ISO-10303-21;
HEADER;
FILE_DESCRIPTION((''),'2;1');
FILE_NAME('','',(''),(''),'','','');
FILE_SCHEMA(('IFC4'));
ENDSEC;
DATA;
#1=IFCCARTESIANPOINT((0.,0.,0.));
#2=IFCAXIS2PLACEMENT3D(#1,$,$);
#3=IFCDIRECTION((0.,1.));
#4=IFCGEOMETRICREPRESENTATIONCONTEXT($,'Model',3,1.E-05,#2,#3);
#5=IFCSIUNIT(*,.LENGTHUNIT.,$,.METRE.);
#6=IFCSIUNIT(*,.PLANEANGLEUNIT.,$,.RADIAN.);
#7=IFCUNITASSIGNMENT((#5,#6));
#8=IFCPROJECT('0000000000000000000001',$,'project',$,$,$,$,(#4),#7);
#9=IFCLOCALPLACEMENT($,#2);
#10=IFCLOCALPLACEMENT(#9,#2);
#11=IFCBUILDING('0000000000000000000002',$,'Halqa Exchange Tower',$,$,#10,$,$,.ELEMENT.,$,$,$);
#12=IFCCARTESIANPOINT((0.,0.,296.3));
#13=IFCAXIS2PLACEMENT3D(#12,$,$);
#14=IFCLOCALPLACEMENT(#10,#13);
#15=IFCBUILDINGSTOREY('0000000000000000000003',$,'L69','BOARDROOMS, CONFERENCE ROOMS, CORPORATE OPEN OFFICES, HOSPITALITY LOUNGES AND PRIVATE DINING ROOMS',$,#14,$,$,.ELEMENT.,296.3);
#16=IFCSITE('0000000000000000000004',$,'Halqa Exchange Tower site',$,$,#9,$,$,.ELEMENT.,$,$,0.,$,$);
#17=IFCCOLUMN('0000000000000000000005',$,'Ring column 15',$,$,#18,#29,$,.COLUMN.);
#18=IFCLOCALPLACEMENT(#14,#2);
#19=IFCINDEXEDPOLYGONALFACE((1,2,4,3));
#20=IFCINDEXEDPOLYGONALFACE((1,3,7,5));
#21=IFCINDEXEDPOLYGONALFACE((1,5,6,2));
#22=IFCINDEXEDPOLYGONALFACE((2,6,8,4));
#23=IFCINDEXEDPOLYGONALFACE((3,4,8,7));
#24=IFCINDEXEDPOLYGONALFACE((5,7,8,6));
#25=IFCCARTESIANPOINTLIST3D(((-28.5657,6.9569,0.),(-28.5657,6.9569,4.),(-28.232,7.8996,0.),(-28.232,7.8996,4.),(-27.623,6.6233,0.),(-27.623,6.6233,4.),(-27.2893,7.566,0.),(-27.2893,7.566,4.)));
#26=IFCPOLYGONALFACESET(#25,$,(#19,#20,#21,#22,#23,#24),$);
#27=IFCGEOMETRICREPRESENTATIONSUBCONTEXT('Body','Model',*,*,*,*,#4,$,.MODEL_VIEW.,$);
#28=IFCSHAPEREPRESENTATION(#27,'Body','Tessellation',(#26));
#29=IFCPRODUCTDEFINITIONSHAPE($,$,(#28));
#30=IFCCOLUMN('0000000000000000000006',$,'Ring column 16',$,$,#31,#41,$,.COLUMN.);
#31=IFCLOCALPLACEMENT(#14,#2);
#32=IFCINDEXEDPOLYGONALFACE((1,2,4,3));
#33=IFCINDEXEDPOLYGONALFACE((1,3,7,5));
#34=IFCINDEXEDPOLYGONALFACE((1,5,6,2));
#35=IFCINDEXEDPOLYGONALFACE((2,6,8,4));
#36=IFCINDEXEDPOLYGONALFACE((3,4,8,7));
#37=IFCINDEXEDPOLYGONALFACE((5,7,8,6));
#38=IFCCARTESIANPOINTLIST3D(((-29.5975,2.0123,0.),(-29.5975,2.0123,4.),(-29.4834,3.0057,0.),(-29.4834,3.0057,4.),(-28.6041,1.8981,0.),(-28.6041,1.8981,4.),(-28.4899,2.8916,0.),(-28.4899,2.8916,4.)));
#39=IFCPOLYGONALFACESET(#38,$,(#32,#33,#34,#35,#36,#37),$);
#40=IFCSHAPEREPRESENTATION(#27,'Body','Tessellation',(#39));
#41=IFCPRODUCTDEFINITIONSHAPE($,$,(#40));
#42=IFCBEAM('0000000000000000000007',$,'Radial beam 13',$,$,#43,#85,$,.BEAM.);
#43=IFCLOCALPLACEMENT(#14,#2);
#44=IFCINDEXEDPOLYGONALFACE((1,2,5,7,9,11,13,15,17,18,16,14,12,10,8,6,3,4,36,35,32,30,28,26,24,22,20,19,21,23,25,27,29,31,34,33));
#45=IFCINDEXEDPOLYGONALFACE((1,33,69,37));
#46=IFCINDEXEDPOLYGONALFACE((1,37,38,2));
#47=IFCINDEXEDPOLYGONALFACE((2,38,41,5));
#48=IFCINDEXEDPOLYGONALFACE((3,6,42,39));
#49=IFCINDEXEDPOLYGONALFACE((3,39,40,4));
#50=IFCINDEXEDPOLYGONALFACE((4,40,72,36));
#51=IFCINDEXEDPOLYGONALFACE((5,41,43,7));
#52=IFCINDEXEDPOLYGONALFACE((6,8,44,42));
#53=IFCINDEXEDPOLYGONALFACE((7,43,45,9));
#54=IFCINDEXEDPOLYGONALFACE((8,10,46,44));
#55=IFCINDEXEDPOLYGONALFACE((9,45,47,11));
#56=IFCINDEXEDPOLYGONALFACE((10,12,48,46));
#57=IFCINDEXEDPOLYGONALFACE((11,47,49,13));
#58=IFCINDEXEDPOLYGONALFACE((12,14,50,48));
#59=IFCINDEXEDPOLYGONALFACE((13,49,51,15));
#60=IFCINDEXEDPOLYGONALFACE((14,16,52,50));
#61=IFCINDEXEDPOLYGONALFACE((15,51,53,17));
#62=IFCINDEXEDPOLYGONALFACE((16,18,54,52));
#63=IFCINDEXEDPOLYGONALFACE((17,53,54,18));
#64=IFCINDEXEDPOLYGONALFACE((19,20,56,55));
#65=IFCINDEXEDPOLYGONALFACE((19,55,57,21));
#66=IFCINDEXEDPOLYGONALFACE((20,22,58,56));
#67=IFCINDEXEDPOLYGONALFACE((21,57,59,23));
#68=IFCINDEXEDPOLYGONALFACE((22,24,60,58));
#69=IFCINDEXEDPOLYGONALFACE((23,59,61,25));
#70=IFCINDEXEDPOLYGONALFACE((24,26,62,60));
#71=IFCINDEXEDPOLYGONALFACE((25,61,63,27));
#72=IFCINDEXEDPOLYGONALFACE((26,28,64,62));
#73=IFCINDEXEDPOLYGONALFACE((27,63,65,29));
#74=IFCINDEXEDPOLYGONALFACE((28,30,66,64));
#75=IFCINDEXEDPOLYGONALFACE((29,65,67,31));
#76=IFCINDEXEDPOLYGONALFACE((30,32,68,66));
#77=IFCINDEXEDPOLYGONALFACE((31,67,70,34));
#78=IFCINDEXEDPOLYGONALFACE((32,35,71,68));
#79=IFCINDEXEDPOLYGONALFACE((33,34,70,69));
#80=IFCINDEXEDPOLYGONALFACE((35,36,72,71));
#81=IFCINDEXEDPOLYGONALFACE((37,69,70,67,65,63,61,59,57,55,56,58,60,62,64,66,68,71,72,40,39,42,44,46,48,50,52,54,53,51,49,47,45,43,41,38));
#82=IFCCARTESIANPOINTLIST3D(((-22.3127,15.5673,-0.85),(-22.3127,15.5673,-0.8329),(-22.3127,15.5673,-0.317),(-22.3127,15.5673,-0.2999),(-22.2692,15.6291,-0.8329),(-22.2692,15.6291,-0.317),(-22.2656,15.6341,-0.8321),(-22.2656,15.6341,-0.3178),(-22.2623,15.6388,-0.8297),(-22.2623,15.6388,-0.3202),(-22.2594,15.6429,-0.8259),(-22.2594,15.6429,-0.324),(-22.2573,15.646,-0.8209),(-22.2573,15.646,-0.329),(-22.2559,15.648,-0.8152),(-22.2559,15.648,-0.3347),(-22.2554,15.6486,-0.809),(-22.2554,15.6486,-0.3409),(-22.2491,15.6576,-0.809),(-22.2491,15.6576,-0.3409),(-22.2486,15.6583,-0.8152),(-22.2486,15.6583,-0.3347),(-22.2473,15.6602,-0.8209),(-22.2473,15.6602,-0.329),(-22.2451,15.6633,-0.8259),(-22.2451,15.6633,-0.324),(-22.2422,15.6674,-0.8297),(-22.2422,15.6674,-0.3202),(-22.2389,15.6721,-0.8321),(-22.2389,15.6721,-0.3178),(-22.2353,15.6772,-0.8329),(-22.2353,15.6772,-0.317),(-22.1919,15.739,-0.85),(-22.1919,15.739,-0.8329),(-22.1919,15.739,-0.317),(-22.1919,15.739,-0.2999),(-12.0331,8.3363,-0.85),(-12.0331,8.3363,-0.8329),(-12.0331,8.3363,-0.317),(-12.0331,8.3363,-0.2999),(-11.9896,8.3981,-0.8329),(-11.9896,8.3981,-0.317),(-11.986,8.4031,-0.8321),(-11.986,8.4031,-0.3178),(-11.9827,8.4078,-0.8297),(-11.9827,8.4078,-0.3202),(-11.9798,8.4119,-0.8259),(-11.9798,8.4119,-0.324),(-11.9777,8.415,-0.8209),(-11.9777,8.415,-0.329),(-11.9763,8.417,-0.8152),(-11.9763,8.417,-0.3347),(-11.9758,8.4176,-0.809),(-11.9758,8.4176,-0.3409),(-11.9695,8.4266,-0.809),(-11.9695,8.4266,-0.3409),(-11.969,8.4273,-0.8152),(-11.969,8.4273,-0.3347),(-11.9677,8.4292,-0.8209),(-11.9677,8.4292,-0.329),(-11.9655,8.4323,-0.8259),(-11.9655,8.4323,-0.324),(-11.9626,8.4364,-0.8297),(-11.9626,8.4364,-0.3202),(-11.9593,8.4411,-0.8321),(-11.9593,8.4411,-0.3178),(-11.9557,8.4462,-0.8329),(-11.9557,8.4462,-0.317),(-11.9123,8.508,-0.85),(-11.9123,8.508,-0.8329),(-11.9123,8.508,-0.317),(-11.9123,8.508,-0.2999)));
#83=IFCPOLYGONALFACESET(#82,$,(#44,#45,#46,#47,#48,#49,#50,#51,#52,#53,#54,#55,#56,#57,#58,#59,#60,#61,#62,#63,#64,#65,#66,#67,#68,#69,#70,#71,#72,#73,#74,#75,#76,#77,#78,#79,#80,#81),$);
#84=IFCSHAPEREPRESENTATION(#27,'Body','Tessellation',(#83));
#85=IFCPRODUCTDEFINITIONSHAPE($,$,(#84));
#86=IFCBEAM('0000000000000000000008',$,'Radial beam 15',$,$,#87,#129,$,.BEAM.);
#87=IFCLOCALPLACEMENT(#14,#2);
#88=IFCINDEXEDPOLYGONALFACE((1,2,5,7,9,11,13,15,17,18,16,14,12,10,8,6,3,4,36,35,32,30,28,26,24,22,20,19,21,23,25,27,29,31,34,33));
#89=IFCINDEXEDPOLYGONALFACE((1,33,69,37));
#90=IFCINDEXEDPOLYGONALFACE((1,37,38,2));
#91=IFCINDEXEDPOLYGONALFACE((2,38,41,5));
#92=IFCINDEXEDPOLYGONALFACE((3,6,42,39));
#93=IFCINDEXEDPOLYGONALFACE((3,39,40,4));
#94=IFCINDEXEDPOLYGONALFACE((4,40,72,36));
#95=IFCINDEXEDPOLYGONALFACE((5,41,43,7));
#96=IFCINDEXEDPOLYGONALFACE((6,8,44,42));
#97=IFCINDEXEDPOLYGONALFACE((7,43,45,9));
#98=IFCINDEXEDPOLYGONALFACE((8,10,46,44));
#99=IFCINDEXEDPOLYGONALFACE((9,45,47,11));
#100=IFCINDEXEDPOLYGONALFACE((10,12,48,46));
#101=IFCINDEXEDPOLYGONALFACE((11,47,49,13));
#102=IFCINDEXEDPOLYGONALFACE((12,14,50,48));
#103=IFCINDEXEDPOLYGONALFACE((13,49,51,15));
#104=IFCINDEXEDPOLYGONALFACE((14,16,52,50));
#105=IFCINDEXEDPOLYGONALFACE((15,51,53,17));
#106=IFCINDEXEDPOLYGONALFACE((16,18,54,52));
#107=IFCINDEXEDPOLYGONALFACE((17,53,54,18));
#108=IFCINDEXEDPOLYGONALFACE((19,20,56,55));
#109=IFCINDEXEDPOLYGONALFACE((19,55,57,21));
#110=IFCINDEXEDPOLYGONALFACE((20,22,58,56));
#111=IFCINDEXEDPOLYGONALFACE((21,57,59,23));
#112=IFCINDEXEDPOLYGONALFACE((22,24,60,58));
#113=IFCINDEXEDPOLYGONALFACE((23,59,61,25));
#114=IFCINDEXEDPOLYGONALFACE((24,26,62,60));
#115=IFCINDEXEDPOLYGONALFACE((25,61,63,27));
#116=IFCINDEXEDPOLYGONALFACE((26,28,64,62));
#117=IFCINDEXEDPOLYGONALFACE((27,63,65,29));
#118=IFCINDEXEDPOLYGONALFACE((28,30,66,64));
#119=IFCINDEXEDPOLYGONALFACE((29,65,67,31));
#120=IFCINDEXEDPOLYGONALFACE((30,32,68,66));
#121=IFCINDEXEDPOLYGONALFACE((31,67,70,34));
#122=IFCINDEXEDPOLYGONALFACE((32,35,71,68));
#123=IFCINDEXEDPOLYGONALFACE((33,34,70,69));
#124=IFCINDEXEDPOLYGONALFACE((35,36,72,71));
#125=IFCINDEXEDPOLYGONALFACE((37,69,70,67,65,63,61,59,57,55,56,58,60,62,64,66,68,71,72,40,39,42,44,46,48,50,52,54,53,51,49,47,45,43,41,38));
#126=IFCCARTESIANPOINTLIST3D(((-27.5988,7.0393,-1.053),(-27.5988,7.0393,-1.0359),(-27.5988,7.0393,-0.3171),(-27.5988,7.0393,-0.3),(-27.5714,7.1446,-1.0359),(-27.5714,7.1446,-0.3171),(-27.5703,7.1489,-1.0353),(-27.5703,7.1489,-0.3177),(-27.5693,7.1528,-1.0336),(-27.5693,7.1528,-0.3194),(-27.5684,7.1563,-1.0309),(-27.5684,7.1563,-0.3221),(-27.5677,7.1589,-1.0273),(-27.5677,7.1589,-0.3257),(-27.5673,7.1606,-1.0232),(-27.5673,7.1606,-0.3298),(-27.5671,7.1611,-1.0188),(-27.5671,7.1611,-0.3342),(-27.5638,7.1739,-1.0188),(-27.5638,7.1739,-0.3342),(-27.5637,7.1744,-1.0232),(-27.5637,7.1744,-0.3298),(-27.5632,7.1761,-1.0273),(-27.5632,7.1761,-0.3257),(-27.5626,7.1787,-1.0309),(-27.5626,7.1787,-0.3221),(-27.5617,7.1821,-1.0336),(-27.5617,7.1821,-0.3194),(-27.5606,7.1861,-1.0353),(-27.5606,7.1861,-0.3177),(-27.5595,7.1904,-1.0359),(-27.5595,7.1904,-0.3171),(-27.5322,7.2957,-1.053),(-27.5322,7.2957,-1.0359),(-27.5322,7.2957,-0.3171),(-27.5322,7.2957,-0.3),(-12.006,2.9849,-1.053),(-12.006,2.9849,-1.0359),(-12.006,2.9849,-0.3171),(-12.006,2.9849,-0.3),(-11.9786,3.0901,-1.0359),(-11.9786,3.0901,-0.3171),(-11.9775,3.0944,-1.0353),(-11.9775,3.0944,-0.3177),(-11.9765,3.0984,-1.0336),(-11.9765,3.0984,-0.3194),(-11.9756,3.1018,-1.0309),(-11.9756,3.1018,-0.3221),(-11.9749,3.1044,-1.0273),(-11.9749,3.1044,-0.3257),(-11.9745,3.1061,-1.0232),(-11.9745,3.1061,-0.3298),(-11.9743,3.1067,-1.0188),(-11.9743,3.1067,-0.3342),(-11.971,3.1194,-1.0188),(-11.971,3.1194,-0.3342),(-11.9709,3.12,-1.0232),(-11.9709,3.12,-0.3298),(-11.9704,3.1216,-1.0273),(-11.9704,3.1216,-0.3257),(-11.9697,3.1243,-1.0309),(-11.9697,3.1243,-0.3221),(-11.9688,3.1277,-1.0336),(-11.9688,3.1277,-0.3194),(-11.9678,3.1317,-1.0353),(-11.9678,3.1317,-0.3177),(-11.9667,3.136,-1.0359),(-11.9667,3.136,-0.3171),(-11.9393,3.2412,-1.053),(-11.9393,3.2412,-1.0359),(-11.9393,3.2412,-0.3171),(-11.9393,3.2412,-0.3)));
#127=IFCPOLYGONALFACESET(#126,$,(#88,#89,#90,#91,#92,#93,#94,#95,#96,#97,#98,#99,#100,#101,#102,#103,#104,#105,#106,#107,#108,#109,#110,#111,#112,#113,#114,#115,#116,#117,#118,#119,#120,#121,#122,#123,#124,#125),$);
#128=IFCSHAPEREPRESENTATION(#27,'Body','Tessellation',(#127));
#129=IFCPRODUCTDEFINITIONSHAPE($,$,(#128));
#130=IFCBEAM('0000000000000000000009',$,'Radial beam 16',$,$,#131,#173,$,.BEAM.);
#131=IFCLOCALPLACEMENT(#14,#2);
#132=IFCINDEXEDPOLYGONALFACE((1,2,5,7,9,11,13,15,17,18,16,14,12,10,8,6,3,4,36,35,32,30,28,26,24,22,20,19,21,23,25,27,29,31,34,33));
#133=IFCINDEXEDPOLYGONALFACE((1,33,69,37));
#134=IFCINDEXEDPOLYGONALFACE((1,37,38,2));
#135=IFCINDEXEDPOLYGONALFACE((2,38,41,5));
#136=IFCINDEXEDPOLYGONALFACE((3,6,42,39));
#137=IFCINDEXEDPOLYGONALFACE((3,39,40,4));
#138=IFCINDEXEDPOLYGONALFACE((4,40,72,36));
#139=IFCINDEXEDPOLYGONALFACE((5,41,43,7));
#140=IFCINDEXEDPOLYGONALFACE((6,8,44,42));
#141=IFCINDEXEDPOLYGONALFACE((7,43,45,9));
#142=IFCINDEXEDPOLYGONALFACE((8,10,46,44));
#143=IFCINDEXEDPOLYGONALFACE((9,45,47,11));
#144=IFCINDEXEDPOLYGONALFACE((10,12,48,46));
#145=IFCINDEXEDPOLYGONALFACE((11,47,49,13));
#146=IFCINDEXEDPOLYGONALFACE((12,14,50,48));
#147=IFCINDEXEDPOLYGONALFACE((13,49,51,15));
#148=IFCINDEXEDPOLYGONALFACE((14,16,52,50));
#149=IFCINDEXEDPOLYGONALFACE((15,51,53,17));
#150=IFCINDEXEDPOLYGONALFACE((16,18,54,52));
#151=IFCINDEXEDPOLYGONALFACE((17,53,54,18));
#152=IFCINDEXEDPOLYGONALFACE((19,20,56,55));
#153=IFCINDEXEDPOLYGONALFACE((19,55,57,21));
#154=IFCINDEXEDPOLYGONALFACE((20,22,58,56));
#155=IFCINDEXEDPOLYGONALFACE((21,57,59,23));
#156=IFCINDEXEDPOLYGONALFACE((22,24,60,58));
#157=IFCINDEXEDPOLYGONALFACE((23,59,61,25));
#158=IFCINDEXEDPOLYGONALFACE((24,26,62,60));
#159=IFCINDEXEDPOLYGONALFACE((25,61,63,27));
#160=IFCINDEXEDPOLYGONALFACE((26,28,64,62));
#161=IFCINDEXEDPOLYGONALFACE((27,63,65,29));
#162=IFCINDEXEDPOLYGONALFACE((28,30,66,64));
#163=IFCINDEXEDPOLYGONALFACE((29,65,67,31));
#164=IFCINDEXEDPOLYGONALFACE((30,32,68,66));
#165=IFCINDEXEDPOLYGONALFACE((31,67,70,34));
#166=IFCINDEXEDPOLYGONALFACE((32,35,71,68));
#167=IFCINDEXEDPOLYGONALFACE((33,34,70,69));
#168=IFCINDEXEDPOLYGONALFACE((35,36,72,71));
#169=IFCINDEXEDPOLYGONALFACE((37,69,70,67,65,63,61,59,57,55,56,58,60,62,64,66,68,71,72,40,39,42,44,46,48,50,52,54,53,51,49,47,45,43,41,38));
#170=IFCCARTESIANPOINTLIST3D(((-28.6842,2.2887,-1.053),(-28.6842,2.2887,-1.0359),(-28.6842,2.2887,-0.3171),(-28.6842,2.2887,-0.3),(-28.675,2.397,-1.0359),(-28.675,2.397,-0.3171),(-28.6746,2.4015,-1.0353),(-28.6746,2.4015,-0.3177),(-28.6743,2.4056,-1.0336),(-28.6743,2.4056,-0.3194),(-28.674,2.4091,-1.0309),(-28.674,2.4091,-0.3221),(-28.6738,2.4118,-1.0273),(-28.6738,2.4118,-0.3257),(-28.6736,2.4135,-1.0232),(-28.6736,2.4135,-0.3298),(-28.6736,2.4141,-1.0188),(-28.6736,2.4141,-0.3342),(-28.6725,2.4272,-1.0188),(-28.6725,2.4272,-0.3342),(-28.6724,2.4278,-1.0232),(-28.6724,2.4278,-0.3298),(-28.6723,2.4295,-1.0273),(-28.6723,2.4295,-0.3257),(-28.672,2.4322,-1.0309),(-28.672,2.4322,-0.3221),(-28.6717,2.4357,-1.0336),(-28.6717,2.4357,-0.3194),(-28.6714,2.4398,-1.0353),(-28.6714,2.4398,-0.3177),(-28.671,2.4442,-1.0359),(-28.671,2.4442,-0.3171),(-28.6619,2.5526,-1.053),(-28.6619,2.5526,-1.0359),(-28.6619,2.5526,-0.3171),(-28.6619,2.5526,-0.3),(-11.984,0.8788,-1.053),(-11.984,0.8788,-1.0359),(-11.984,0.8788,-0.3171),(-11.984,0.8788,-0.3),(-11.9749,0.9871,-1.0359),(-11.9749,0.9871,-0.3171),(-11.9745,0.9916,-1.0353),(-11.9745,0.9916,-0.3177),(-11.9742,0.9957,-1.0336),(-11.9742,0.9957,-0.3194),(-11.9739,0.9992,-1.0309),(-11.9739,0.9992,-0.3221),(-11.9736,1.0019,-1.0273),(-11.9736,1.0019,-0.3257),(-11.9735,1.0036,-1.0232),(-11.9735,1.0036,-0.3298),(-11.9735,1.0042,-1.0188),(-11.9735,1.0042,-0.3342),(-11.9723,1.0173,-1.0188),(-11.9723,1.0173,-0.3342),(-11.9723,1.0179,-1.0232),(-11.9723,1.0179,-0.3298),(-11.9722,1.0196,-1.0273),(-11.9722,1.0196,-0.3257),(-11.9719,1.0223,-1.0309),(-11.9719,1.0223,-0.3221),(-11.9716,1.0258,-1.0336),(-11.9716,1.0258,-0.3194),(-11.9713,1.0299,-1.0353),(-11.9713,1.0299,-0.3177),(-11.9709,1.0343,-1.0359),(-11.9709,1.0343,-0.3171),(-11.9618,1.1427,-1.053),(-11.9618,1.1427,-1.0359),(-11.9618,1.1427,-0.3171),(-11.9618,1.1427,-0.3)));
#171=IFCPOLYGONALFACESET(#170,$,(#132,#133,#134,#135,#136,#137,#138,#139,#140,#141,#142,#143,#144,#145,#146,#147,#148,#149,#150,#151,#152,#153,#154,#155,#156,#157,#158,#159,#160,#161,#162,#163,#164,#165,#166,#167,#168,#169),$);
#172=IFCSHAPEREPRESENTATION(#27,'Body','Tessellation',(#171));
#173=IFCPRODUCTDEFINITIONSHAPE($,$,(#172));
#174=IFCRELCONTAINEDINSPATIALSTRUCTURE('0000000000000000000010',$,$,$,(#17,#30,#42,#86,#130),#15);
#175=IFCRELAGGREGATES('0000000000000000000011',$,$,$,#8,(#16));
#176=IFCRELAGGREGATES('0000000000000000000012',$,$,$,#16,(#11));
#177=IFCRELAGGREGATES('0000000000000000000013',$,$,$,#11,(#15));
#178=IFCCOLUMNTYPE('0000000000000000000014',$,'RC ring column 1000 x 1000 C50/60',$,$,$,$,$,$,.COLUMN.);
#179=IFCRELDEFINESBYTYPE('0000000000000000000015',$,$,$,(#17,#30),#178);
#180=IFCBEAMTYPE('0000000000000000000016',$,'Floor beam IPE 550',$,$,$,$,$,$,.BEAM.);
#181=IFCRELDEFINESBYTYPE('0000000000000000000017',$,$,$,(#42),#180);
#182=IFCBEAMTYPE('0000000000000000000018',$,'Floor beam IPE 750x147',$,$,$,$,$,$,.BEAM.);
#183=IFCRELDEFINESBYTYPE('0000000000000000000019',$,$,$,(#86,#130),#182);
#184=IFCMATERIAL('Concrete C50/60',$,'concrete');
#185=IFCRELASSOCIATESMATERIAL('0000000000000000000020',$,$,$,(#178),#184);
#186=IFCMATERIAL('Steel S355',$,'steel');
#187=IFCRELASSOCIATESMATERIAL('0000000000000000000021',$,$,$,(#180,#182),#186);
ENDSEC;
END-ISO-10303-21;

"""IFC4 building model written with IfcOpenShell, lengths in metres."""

from ifc_helpers import new_model, si_unit, direction, frame, origin, origin_2d, place, context, subcontext, project, spatial, rectangle, i_section, extrude, material, material_profile, profile_set, type_object, element, save


model = new_model("IFC4")

# Units and contexts
model_context = context("Model", 3, precision=1e-05, world=origin(), true_north=direction((0.0, 1.0)))
body_context = subcontext(model_context, "Body", "Model", "MODEL_VIEW")
ifc_project = project(units=[si_unit("LENGTHUNIT", "METRE"), si_unit("PLANEANGLEUNIT", "RADIAN")], contexts=[model_context])

# Site, building, storey
site_placement = place(None, origin())
site = spatial("IfcSite", under=ifc_project, at=site_placement, Name="Halqa Exchange Tower site", CompositionType="ELEMENT", RefElevation=0.0)
building_placement = place(site_placement, origin())
building = spatial("IfcBuilding", under=site, at=building_placement, Name="Halqa Exchange Tower", CompositionType="ELEMENT")
storey_placement = place(building_placement, frame((0.0, 0.0, 296.3)))
storey = spatial("IfcBuildingStorey", under=building, at=storey_placement, Name="L69", Description="BOARDROOMS, CONFERENCE ROOMS, CORPORATE OPEN OFFICES, HOSPITALITY LOUNGES AND PRIVATE DINING ROOMS", CompositionType="ELEMENT", Elevation=296.3)

# Columns
ifc_material_1 = material(Name="Concrete C50/60", Category="concrete")
ifc_material_profile_1 = material_profile(ifc_material_1, rectangle(XDim=1.0, YDim=1.0, at=origin_2d()), Name="1000 x 1000")
ifc_profile_set_1 = profile_set([ifc_material_profile_1], Name="Concrete C50/60")
column_type = type_object("IfcColumnType", Name="RC ring column 1000 x 1000 C50/60", PredefinedType="COLUMN", material=ifc_profile_set_1)
for number, where, z_axis, x_axis, name in (
    (1, (-27.9275, 7.2615, 0.0), (0.0, 0.0, 1.0), (-0.333628, -0.942705, 0.0), "Ring column 15"),
    (2, (-29.0437, 2.4519, 0.0), (0.0, 0.0, 1.0), (-0.114162, -0.993462, 0.0), "Ring column 16"),
):
    element("IfcColumn", number, at=place(storey_placement, frame(where, z_axis=z_axis, x_axis=x_axis)), inside=storey, type_object=column_type, Name=name, PredefinedType="COLUMN", context=body_context, shape_type="SweptSolid", body=[
        extrude(rectangle(XDim=1.0, YDim=1.0, at=origin_2d()), origin(), (0.0, 0.0, 1.0), 4.0),
    ])

# Beams
ifc_material_2 = material(Name="Steel S355", Category="steel")
ifc_material_profile_2 = material_profile(ifc_material_2, i_section(OverallWidth=0.21, OverallDepth=0.55, WebThickness=0.011, FlangeThickness=0.0171, FilletRadius=0.0239, at=origin_2d()), Name="IPE 550")
ifc_profile_set_2 = profile_set([ifc_material_profile_2], Name="Steel S355")
beam_type_1 = type_object("IfcBeamType", Name="Floor beam IPE 550", PredefinedType="BEAM", material=ifc_profile_set_2)
beam_1_placement = place(storey_placement, frame((-11.9727, 8.4221, -0.575), z_axis=(-0.817911, 0.575345, 0.0), x_axis=(-0.575345, -0.817911, 0.0)))
element("IfcBeam", 3, at=beam_1_placement, inside=storey, type_object=beam_type_1, Name="Radial beam 13", PredefinedType="BEAM", context=body_context, shape_type="SweptSolid", body=[
    extrude(i_section(OverallWidth=0.21, OverallDepth=0.55, WebThickness=0.011, FlangeThickness=0.0171, FilletRadius=0.0239, at=origin_2d()), origin(), (0.0, 0.0, 1.0), 12.5681),
])
ifc_material_profile_3 = material_profile(ifc_material_2, i_section(OverallWidth=0.2649, OverallDepth=0.7529, WebThickness=0.0132, FlangeThickness=0.0171, FilletRadius=0.0171, at=origin_2d()), Name="IPE 750x147")
ifc_profile_set_3 = profile_set([ifc_material_profile_3], Name="Steel S355")
beam_type_2 = type_object("IfcBeamType", Name="Floor beam IPE 750x147", PredefinedType="BEAM", material=ifc_profile_set_3)
beam_2_placement = place(storey_placement, frame((-11.9727, 3.113, -0.6765), z_axis=(-0.967818, 0.251653, 0.0), x_axis=(-0.251653, -0.967818, 0.0)))
element("IfcBeam", 4, at=beam_2_placement, inside=storey, type_object=beam_type_2, Name="Radial beam 15", PredefinedType="BEAM", context=body_context, shape_type="SweptSolid", body=[
    extrude(i_section(OverallWidth=0.2649, OverallDepth=0.7529, WebThickness=0.0132, FlangeThickness=0.0171, FilletRadius=0.0171, at=origin_2d()), origin(), (0.0, 0.0, 1.0), 16.1113),
])
for number, where, z_axis, x_axis, name in (
    (5, (-11.9729, 1.0107, -0.6765), (-0.996455, 0.084126, 0.0), (-0.084126, -0.996455, 0.0), "Radial beam 16"),
):
    element("IfcBeam", number, at=place(storey_placement, frame(where, z_axis=z_axis, x_axis=x_axis)), inside=storey, type_object=beam_type_2, Name=name, PredefinedType="BEAM", context=body_context, shape_type="SweptSolid", body=[
        extrude(i_section(OverallWidth=0.2649, OverallDepth=0.7529, WebThickness=0.0132, FlangeThickness=0.0171, FilletRadius=0.0171, at=origin_2d()), origin(), (0.0, 0.0, 1.0), 16.7595),
    ])

save(model, "model.ifc")
